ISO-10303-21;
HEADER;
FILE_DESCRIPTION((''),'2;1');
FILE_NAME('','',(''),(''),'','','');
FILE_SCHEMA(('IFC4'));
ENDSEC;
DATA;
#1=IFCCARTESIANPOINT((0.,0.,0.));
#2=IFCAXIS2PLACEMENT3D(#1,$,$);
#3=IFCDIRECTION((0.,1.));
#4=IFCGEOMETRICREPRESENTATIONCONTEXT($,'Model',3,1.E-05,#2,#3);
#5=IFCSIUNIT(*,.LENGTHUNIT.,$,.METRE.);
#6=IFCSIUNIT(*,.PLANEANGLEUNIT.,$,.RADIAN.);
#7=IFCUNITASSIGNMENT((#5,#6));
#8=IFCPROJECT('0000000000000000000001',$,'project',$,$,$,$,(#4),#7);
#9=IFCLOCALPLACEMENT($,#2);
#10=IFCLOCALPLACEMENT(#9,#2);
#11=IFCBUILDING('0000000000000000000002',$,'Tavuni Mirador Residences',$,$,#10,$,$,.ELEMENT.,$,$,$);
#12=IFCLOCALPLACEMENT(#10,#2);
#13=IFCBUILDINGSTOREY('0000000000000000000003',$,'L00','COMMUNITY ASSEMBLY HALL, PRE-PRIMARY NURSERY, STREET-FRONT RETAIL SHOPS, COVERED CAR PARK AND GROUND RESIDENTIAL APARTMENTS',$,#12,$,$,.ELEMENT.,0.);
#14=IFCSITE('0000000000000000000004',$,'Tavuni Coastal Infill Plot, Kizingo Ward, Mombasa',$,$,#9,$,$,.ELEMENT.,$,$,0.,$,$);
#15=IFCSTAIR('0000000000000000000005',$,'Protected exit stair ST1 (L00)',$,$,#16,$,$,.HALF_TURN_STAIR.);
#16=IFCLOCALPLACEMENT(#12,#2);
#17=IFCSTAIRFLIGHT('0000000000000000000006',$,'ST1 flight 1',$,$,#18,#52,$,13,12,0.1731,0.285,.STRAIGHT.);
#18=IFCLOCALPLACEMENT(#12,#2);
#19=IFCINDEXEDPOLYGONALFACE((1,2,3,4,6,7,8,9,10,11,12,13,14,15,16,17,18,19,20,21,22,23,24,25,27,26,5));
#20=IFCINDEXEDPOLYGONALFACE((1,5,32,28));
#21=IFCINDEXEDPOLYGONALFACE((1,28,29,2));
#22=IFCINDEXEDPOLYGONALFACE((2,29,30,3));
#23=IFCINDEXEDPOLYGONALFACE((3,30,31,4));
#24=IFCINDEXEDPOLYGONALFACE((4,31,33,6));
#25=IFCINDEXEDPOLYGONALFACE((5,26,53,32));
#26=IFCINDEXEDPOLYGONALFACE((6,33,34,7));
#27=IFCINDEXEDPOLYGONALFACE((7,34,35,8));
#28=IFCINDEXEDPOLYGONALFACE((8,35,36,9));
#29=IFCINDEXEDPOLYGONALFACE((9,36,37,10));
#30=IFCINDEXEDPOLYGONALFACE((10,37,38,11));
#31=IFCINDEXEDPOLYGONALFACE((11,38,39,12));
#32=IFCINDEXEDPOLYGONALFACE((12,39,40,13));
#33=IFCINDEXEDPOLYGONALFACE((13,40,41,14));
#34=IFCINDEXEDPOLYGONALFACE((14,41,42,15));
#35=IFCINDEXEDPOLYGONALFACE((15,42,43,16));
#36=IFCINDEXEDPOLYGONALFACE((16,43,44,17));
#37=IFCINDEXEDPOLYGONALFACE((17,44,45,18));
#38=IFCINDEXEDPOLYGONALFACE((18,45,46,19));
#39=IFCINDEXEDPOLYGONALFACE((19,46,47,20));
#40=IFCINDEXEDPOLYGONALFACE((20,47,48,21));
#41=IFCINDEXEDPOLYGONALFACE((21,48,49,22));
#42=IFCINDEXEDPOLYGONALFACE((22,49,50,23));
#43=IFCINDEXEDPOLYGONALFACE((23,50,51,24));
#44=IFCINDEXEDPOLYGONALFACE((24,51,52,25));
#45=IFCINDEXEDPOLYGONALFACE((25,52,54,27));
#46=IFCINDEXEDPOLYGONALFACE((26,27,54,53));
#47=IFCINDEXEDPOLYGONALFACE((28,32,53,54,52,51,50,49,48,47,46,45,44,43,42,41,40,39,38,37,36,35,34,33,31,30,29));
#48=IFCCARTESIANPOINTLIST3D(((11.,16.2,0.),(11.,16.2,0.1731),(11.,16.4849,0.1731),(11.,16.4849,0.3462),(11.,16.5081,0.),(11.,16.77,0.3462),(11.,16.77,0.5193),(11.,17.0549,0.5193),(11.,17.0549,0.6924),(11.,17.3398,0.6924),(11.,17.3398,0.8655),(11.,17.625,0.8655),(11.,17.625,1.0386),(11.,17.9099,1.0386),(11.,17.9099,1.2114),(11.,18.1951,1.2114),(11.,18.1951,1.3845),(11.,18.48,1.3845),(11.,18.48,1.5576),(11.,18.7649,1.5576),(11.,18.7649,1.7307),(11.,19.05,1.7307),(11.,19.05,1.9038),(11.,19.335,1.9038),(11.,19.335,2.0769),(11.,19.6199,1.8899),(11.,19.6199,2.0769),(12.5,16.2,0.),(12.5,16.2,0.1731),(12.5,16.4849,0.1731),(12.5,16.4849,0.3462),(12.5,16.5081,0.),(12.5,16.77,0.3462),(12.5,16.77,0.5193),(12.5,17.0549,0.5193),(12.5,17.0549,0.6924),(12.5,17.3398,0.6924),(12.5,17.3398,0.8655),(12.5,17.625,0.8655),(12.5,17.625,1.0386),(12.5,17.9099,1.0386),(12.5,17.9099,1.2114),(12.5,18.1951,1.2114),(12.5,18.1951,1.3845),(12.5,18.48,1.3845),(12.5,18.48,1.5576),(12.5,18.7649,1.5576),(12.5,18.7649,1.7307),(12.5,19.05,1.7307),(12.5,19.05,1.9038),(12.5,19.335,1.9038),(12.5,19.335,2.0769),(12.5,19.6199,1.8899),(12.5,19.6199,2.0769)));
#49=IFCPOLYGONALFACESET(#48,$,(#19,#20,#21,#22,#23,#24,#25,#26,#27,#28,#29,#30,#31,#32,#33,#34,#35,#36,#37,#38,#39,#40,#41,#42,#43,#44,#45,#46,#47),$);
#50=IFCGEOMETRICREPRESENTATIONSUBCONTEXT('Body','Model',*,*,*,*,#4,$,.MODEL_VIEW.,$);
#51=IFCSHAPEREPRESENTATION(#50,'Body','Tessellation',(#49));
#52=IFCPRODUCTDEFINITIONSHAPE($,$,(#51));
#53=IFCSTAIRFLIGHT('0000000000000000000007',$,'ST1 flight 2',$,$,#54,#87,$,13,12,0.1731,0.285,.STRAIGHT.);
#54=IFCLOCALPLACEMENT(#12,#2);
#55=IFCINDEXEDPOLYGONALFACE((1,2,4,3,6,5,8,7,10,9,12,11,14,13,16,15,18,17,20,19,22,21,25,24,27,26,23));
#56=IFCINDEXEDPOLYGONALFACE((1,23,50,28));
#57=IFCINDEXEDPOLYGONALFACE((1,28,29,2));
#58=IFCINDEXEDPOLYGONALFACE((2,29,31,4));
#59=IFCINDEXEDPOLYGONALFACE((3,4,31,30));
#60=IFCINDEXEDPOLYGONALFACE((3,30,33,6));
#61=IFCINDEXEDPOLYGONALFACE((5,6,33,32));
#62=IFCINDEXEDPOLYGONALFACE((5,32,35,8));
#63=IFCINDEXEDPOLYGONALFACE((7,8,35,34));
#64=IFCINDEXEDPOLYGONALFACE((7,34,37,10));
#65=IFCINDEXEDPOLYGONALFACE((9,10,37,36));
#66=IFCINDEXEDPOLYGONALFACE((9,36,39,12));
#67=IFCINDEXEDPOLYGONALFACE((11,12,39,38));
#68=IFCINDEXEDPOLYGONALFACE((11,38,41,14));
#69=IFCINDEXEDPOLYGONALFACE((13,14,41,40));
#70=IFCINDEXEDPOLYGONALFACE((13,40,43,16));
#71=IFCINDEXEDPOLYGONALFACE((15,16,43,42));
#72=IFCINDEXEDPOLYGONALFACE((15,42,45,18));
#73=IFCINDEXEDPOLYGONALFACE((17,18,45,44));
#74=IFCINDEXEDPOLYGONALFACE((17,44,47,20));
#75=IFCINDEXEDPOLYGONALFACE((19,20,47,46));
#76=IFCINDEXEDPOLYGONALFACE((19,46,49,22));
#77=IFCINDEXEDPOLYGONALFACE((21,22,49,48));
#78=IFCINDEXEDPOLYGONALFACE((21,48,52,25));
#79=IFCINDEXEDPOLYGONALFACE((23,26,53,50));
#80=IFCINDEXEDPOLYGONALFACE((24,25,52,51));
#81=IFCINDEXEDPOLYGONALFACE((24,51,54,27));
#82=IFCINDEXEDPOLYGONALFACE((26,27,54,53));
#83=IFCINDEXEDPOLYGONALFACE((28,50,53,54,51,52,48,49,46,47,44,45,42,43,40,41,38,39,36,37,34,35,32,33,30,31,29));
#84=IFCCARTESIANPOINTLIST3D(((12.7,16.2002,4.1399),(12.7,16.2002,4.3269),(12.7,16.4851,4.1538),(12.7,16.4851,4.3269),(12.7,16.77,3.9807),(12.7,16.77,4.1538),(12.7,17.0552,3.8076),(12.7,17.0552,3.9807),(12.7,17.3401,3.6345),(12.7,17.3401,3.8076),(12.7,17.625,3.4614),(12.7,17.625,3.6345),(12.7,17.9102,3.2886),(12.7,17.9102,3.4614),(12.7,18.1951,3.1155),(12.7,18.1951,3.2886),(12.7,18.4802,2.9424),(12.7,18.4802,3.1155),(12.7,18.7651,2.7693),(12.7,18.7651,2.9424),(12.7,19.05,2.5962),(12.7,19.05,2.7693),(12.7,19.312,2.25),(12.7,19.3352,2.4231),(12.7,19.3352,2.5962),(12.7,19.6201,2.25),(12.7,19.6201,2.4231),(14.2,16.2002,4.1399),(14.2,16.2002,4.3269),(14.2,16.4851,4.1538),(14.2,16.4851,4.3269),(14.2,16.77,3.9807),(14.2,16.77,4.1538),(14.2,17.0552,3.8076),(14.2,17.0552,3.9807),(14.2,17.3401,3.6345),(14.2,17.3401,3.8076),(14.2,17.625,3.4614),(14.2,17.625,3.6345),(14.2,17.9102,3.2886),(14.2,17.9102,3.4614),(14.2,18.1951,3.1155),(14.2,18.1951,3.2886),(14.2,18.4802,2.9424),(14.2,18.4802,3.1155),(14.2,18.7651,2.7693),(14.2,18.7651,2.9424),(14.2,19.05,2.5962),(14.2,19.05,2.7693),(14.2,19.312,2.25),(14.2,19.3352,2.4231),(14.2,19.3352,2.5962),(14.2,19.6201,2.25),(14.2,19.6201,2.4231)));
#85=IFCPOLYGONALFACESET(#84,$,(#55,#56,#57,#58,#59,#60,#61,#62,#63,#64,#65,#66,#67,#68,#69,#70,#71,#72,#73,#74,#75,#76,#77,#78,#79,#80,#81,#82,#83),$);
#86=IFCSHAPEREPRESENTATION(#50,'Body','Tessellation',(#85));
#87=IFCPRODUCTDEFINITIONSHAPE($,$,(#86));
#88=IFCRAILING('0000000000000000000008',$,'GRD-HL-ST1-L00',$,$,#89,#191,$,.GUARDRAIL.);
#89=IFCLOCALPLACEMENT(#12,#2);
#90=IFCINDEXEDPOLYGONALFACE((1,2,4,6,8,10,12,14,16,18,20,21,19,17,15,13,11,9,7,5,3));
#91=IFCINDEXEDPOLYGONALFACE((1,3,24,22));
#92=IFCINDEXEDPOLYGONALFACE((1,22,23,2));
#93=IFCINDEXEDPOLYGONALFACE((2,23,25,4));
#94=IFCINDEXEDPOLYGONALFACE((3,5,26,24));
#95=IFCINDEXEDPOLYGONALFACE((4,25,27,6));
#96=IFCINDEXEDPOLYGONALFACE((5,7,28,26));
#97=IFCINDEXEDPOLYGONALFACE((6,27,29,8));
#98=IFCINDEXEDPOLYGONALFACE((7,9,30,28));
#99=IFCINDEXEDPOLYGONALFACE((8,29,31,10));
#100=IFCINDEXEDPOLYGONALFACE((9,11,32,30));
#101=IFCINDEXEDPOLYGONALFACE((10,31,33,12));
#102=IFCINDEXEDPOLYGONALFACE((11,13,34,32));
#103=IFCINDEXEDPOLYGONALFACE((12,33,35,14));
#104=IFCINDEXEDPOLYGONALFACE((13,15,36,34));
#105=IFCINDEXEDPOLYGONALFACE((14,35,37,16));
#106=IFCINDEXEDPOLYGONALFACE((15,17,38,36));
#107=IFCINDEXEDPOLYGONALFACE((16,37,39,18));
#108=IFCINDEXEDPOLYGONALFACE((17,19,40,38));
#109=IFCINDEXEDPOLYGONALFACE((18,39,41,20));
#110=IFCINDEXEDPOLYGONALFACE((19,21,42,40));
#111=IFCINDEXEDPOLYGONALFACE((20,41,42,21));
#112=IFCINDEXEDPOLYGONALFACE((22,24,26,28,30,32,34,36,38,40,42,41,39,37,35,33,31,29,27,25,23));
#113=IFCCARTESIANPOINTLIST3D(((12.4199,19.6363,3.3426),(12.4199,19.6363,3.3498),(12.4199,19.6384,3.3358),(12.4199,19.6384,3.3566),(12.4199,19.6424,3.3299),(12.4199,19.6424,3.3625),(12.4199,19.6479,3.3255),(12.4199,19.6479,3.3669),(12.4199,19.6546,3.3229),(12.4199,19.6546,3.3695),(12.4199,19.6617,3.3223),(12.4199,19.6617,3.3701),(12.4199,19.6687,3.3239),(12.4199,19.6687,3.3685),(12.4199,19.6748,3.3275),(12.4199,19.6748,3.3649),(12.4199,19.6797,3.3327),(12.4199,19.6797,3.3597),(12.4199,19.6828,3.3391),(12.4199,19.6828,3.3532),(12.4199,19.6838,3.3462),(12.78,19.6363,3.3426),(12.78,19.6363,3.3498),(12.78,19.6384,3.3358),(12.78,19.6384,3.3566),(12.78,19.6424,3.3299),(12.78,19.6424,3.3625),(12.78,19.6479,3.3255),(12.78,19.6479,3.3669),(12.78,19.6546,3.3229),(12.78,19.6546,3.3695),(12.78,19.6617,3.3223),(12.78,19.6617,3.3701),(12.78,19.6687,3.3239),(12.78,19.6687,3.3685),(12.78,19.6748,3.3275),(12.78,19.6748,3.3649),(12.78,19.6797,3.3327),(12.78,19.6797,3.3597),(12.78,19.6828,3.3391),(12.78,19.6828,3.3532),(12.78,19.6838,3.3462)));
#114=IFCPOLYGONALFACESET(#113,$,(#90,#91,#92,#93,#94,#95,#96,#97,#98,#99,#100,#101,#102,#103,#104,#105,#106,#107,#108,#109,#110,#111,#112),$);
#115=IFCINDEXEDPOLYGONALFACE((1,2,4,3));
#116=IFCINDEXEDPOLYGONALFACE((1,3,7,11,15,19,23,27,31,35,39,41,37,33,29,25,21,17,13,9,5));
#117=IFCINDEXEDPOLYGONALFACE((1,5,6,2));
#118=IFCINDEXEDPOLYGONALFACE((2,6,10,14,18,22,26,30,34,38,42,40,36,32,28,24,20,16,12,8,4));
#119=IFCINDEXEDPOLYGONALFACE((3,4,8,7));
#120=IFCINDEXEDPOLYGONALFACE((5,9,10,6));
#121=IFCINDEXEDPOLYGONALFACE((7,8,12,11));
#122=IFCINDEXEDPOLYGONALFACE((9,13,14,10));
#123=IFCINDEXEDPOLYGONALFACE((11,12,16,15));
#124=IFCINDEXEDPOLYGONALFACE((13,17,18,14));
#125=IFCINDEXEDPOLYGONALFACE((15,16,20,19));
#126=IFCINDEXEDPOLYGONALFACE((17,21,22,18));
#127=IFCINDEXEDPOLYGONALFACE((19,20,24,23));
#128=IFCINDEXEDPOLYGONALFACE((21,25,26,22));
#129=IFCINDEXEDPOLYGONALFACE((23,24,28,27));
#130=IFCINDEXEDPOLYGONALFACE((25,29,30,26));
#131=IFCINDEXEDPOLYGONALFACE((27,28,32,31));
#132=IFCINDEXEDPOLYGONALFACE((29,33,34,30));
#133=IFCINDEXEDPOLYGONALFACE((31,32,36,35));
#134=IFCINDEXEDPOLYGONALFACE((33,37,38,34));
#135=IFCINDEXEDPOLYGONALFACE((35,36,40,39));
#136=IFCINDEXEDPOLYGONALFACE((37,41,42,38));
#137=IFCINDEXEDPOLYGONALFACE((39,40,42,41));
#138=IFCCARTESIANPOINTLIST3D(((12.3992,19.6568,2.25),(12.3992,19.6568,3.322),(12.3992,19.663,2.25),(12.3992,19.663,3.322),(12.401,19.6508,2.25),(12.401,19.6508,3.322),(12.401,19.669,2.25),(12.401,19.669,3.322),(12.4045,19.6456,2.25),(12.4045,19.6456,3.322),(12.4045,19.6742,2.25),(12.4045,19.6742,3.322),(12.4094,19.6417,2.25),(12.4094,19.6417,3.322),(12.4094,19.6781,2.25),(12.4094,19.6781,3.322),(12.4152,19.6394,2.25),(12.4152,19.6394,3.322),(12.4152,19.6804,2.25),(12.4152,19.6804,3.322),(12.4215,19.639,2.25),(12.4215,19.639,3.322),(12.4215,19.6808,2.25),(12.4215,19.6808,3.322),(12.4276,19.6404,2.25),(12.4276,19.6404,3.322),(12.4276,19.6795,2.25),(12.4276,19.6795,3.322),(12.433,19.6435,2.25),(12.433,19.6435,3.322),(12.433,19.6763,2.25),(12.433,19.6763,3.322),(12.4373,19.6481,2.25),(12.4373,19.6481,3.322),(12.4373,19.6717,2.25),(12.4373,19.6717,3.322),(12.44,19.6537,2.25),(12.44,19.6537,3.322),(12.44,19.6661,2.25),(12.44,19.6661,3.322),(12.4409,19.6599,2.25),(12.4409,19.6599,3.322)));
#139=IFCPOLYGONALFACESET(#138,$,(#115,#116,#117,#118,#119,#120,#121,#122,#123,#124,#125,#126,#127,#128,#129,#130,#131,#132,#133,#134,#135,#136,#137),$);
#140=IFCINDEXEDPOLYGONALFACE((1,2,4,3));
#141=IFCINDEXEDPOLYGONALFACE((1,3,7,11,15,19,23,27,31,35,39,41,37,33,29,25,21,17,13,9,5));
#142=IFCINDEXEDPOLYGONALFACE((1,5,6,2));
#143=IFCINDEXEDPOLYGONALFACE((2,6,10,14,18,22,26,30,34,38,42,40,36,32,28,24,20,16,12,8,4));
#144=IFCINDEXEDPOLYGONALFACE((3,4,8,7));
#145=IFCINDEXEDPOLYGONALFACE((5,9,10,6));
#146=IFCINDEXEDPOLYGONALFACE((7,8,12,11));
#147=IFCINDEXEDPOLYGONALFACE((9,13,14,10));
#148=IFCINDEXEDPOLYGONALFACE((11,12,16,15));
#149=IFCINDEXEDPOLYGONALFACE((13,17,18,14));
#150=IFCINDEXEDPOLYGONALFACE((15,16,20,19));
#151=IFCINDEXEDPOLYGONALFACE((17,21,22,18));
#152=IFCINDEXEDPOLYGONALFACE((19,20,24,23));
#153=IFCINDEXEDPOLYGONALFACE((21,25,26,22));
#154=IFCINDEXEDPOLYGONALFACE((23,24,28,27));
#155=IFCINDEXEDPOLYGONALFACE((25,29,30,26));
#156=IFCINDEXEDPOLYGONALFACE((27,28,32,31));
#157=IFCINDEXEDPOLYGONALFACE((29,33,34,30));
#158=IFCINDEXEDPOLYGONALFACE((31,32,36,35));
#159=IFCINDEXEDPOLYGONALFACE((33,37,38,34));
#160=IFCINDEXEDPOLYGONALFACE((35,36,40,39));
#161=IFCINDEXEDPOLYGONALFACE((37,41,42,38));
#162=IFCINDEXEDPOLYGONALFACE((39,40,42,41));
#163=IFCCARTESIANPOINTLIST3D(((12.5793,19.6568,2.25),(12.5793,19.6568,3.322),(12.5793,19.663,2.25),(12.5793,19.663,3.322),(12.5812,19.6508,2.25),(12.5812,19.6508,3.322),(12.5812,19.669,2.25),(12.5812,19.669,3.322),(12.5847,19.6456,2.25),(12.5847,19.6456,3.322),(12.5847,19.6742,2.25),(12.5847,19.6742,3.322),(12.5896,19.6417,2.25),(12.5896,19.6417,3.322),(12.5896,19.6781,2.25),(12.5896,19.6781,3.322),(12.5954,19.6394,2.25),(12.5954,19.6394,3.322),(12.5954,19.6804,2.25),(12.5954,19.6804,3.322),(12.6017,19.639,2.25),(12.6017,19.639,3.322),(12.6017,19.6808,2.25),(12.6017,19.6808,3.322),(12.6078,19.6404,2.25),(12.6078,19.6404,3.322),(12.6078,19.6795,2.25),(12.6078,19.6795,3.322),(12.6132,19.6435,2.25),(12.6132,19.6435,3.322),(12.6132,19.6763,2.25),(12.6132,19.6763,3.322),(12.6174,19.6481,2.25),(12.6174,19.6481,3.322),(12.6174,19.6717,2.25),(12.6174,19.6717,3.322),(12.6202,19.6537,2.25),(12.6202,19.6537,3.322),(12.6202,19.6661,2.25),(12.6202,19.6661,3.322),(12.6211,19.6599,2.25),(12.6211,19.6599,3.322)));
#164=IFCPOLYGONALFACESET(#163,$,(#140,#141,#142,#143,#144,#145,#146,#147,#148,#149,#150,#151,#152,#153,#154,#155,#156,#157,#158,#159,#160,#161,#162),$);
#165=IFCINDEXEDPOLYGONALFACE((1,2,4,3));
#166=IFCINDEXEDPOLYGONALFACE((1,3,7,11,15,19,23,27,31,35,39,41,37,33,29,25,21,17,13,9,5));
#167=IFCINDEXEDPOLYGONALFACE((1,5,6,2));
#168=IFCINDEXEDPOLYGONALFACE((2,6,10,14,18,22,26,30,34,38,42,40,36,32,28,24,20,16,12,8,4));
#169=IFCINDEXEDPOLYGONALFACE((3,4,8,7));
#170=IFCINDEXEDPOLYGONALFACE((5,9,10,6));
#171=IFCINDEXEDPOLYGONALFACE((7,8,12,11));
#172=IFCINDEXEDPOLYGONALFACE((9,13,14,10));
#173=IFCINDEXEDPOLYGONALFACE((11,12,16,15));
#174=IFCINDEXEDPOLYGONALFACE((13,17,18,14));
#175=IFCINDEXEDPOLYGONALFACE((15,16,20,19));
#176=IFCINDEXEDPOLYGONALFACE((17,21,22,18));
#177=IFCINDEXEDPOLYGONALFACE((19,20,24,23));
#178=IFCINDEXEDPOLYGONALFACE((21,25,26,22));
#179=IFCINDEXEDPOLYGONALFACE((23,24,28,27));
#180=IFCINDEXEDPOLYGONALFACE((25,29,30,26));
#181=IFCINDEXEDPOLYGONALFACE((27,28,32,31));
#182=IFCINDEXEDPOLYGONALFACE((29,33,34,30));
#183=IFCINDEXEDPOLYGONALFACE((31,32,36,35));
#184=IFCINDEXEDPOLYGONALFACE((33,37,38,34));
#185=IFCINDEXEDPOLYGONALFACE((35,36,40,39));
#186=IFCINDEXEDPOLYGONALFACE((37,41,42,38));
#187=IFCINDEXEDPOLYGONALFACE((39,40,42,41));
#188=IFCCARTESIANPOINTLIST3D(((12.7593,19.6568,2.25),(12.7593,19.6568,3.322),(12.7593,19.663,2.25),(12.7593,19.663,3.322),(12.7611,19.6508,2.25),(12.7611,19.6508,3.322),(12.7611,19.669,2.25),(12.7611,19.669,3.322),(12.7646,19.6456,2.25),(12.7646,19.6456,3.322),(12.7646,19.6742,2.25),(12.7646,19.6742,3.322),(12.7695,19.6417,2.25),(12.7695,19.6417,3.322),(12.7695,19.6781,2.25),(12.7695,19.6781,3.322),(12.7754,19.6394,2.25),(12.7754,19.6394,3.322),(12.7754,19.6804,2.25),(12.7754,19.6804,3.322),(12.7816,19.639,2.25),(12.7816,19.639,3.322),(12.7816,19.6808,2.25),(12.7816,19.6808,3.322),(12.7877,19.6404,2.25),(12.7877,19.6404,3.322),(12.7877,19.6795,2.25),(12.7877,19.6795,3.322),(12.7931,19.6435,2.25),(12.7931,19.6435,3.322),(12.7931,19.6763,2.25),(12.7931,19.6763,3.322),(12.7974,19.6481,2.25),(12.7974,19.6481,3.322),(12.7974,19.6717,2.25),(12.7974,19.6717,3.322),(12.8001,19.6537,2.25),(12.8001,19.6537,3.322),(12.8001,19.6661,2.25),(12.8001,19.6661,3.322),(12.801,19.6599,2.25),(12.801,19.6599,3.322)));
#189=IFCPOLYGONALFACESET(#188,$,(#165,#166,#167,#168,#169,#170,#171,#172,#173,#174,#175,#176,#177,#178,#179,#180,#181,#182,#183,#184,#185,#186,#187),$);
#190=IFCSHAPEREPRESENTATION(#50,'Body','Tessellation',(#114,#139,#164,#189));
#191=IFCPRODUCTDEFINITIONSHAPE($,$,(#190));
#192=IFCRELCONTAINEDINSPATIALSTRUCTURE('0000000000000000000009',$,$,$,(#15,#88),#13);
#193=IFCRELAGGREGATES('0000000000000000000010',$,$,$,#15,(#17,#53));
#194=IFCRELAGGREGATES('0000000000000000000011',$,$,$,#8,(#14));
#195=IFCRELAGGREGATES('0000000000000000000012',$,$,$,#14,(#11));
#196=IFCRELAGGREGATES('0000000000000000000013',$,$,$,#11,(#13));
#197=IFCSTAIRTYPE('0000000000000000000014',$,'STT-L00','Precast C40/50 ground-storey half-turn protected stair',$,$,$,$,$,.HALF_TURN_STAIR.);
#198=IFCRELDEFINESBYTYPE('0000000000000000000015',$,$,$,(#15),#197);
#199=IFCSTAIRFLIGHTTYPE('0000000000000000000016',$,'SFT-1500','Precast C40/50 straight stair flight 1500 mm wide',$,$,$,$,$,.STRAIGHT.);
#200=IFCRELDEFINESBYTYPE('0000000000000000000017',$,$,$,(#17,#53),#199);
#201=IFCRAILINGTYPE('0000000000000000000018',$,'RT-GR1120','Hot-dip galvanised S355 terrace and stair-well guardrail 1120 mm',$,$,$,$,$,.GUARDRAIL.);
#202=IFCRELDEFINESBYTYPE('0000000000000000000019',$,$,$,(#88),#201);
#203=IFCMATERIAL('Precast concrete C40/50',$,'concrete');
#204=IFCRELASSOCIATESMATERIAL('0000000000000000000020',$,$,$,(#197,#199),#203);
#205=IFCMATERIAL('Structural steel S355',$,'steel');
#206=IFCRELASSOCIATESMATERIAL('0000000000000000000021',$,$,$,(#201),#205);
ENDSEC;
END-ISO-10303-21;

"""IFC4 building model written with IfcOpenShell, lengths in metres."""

from ifc_helpers import new_model, si_unit, direction, frame, origin, origin_2d, place, context, subcontext, project, spatial, polyline, circle, outline, extrude, material, type_object, element, aggregate, save


model = new_model("IFC4")

# Units and contexts
model_context = context("Model", 3, precision=1e-05, world=origin(), true_north=direction((0.0, 1.0)))
body_context = subcontext(model_context, "Body", "Model", "MODEL_VIEW")
ifc_project = project(units=[si_unit("LENGTHUNIT", "METRE"), si_unit("PLANEANGLEUNIT", "RADIAN")], contexts=[model_context])

# Site, building, storey
site_placement = place(None, origin())
site = spatial("IfcSite", under=ifc_project, at=site_placement, Name="Tavuni Coastal Infill Plot, Kizingo Ward, Mombasa", CompositionType="ELEMENT", RefElevation=0.0)
building_placement = place(site_placement, origin())
building = spatial("IfcBuilding", under=site, at=building_placement, Name="Tavuni Mirador Residences", CompositionType="ELEMENT")
storey_placement = place(building_placement, origin())
storey = spatial("IfcBuildingStorey", under=building, at=storey_placement, Name="L00", Description="COMMUNITY ASSEMBLY HALL, PRE-PRIMARY NURSERY, STREET-FRONT RETAIL SHOPS, COVERED CAR PARK AND GROUND RESIDENTIAL APARTMENTS", CompositionType="ELEMENT", Elevation=0.0)

# Shared definitions
ifc_material_1 = material(Name="Precast concrete C40/50", Category="concrete")

# Shared definitions
ifc_material_2 = material(Name="Structural steel S355", Category="steel")

# Stair, stair flights
stair_type = type_object("IfcStairType", Name="STT-L00", Description="Precast C40/50 ground-storey half-turn protected stair", PredefinedType="HALF_TURN_STAIR", material=ifc_material_1)
stair_placement = place(storey_placement, origin())
stair = element("IfcStair", 1, at=stair_placement, inside=storey, type_object=stair_type, Name="Protected exit stair ST1 (L00)", PredefinedType="HALF_TURN_STAIR")
stair_flight_type = type_object("IfcStairFlightType", Name="SFT-1500", Description="Precast C40/50 straight stair flight 1500 mm wide", PredefinedType="STRAIGHT", material=ifc_material_1)
stair_flight_1_placement = place(storey_placement, frame((11.75, 16.2, 0.0), z_axis=(0.0, 0.0, 1.0), x_axis=(0.0, 1.0, 0.0)))
stair_flight_1 = element("IfcStairFlight", 2, at=stair_flight_1_placement, type_object=stair_flight_type, Name="ST1 flight 1", NumberOfRisers=13, NumberOfTreads=12, PredefinedType="STRAIGHT", RiserHeight=0.1731, TreadLength=0.285, context=body_context, shape_type="SweptSolid", body=[
    extrude(outline(polyline([(0.0, 0.0), (0.0, 0.1731), (0.2849, 0.1731), (0.2849, 0.3462), (0.5701, 0.3462), (0.5701, 0.5193), (0.855, 0.5193), (0.855, 0.6924), (1.1399, 0.6924), (1.1399, 0.8655), (1.425, 0.8655), (1.425, 1.0386), (1.71, 1.0386), (1.71, 1.2114), (1.9951, 1.2114), (1.9951, 1.3845), (2.28, 1.3845), (2.28, 1.5576), (2.5649, 1.5576), (2.5649, 1.7307), (2.8501, 1.7307), (2.8501, 1.9038), (3.135, 1.9038), (3.135, 2.0769), (3.4199, 2.0769), (3.4199, 2.25), (3.4199, 1.8899), (0.3081, 0.0), (0.0, 0.0)])), frame((0.0, 0.75, 0.0), z_axis=(0.0, -1.0, 0.0), x_axis=(1.0, 0.0, 0.0)), (0.0, 0.0, 1.0), 1.5),
])
stair_flight_2_placement = place(storey_placement, frame((13.45, 19.6201, 2.25), z_axis=(0.0, 0.0, 1.0), x_axis=(0.0, -1.0, 0.0)))
stair_flight_2 = element("IfcStairFlight", 3, at=stair_flight_2_placement, type_object=stair_flight_type, Name="ST1 flight 2", NumberOfRisers=13, NumberOfTreads=12, PredefinedType="STRAIGHT", RiserHeight=0.1731, TreadLength=0.285, context=body_context, shape_type="SweptSolid", body=[
    extrude(outline(polyline([(0.0, 0.0), (0.0, 0.1731), (0.2849, 0.1731), (0.2849, 0.3462), (0.5701, 0.3462), (0.5701, 0.5193), (0.855, 0.5193), (0.855, 0.6924), (1.1399, 0.6924), (1.1399, 0.8655), (1.425, 0.8655), (1.425, 1.0386), (1.71, 1.0386), (1.71, 1.2114), (1.9951, 1.2114), (1.9951, 1.3845), (2.28, 1.3845), (2.28, 1.5576), (2.5649, 1.5576), (2.5649, 1.7307), (2.8501, 1.7307), (2.8501, 1.9038), (3.135, 1.9038), (3.135, 2.0769), (3.4199, 2.0769), (3.4199, 2.25), (3.4199, 1.8899), (0.3081, 0.0), (0.0, 0.0)])), frame((0.0, 0.75, 0.0), z_axis=(0.0, -1.0, 0.0), x_axis=(1.0, 0.0, 0.0)), (0.0, 0.0, 1.0), 1.5),
])
aggregate(stair, [stair_flight_1, stair_flight_2])

# Railing
railing_type_1 = type_object("IfcRailingType", Name="RT-GR1120", Description="Hot-dip galvanised S355 terrace and stair-well guardrail 1120 mm", PredefinedType="GUARDRAIL", material=ifc_material_2)
railing_1_placement = place(storey_placement, frame((12.4199, 19.6599, 2.25)))
element("IfcRailing", 4, at=railing_1_placement, inside=storey, type_object=railing_type_1, Name="GRD-HL-ST1-L00", PredefinedType="GUARDRAIL", context=body_context, shape_type="SweptSolid", body=[
    extrude(circle(Radius=0.0239, at=origin_2d()), frame((0.0, 0.0, 1.0962), z_axis=(1.0, 0.0, 0.0), x_axis=(0.0, 1.0, 0.0)), (0.0, 0.0, 1.0), 0.3601),
    extrude(circle(Radius=0.021, at=origin_2d()), origin(), (0.0, 0.0, 1.0), 1.072),
    extrude(circle(Radius=0.021, at=origin_2d()), frame((0.1802, 0.0, 0.0)), (0.0, 0.0, 1.0), 1.072),
    extrude(circle(Radius=0.021, at=origin_2d()), frame((0.3601, 0.0, 0.0)), (0.0, 0.0, 1.0), 1.072),
])

save(model, "model.ifc")
